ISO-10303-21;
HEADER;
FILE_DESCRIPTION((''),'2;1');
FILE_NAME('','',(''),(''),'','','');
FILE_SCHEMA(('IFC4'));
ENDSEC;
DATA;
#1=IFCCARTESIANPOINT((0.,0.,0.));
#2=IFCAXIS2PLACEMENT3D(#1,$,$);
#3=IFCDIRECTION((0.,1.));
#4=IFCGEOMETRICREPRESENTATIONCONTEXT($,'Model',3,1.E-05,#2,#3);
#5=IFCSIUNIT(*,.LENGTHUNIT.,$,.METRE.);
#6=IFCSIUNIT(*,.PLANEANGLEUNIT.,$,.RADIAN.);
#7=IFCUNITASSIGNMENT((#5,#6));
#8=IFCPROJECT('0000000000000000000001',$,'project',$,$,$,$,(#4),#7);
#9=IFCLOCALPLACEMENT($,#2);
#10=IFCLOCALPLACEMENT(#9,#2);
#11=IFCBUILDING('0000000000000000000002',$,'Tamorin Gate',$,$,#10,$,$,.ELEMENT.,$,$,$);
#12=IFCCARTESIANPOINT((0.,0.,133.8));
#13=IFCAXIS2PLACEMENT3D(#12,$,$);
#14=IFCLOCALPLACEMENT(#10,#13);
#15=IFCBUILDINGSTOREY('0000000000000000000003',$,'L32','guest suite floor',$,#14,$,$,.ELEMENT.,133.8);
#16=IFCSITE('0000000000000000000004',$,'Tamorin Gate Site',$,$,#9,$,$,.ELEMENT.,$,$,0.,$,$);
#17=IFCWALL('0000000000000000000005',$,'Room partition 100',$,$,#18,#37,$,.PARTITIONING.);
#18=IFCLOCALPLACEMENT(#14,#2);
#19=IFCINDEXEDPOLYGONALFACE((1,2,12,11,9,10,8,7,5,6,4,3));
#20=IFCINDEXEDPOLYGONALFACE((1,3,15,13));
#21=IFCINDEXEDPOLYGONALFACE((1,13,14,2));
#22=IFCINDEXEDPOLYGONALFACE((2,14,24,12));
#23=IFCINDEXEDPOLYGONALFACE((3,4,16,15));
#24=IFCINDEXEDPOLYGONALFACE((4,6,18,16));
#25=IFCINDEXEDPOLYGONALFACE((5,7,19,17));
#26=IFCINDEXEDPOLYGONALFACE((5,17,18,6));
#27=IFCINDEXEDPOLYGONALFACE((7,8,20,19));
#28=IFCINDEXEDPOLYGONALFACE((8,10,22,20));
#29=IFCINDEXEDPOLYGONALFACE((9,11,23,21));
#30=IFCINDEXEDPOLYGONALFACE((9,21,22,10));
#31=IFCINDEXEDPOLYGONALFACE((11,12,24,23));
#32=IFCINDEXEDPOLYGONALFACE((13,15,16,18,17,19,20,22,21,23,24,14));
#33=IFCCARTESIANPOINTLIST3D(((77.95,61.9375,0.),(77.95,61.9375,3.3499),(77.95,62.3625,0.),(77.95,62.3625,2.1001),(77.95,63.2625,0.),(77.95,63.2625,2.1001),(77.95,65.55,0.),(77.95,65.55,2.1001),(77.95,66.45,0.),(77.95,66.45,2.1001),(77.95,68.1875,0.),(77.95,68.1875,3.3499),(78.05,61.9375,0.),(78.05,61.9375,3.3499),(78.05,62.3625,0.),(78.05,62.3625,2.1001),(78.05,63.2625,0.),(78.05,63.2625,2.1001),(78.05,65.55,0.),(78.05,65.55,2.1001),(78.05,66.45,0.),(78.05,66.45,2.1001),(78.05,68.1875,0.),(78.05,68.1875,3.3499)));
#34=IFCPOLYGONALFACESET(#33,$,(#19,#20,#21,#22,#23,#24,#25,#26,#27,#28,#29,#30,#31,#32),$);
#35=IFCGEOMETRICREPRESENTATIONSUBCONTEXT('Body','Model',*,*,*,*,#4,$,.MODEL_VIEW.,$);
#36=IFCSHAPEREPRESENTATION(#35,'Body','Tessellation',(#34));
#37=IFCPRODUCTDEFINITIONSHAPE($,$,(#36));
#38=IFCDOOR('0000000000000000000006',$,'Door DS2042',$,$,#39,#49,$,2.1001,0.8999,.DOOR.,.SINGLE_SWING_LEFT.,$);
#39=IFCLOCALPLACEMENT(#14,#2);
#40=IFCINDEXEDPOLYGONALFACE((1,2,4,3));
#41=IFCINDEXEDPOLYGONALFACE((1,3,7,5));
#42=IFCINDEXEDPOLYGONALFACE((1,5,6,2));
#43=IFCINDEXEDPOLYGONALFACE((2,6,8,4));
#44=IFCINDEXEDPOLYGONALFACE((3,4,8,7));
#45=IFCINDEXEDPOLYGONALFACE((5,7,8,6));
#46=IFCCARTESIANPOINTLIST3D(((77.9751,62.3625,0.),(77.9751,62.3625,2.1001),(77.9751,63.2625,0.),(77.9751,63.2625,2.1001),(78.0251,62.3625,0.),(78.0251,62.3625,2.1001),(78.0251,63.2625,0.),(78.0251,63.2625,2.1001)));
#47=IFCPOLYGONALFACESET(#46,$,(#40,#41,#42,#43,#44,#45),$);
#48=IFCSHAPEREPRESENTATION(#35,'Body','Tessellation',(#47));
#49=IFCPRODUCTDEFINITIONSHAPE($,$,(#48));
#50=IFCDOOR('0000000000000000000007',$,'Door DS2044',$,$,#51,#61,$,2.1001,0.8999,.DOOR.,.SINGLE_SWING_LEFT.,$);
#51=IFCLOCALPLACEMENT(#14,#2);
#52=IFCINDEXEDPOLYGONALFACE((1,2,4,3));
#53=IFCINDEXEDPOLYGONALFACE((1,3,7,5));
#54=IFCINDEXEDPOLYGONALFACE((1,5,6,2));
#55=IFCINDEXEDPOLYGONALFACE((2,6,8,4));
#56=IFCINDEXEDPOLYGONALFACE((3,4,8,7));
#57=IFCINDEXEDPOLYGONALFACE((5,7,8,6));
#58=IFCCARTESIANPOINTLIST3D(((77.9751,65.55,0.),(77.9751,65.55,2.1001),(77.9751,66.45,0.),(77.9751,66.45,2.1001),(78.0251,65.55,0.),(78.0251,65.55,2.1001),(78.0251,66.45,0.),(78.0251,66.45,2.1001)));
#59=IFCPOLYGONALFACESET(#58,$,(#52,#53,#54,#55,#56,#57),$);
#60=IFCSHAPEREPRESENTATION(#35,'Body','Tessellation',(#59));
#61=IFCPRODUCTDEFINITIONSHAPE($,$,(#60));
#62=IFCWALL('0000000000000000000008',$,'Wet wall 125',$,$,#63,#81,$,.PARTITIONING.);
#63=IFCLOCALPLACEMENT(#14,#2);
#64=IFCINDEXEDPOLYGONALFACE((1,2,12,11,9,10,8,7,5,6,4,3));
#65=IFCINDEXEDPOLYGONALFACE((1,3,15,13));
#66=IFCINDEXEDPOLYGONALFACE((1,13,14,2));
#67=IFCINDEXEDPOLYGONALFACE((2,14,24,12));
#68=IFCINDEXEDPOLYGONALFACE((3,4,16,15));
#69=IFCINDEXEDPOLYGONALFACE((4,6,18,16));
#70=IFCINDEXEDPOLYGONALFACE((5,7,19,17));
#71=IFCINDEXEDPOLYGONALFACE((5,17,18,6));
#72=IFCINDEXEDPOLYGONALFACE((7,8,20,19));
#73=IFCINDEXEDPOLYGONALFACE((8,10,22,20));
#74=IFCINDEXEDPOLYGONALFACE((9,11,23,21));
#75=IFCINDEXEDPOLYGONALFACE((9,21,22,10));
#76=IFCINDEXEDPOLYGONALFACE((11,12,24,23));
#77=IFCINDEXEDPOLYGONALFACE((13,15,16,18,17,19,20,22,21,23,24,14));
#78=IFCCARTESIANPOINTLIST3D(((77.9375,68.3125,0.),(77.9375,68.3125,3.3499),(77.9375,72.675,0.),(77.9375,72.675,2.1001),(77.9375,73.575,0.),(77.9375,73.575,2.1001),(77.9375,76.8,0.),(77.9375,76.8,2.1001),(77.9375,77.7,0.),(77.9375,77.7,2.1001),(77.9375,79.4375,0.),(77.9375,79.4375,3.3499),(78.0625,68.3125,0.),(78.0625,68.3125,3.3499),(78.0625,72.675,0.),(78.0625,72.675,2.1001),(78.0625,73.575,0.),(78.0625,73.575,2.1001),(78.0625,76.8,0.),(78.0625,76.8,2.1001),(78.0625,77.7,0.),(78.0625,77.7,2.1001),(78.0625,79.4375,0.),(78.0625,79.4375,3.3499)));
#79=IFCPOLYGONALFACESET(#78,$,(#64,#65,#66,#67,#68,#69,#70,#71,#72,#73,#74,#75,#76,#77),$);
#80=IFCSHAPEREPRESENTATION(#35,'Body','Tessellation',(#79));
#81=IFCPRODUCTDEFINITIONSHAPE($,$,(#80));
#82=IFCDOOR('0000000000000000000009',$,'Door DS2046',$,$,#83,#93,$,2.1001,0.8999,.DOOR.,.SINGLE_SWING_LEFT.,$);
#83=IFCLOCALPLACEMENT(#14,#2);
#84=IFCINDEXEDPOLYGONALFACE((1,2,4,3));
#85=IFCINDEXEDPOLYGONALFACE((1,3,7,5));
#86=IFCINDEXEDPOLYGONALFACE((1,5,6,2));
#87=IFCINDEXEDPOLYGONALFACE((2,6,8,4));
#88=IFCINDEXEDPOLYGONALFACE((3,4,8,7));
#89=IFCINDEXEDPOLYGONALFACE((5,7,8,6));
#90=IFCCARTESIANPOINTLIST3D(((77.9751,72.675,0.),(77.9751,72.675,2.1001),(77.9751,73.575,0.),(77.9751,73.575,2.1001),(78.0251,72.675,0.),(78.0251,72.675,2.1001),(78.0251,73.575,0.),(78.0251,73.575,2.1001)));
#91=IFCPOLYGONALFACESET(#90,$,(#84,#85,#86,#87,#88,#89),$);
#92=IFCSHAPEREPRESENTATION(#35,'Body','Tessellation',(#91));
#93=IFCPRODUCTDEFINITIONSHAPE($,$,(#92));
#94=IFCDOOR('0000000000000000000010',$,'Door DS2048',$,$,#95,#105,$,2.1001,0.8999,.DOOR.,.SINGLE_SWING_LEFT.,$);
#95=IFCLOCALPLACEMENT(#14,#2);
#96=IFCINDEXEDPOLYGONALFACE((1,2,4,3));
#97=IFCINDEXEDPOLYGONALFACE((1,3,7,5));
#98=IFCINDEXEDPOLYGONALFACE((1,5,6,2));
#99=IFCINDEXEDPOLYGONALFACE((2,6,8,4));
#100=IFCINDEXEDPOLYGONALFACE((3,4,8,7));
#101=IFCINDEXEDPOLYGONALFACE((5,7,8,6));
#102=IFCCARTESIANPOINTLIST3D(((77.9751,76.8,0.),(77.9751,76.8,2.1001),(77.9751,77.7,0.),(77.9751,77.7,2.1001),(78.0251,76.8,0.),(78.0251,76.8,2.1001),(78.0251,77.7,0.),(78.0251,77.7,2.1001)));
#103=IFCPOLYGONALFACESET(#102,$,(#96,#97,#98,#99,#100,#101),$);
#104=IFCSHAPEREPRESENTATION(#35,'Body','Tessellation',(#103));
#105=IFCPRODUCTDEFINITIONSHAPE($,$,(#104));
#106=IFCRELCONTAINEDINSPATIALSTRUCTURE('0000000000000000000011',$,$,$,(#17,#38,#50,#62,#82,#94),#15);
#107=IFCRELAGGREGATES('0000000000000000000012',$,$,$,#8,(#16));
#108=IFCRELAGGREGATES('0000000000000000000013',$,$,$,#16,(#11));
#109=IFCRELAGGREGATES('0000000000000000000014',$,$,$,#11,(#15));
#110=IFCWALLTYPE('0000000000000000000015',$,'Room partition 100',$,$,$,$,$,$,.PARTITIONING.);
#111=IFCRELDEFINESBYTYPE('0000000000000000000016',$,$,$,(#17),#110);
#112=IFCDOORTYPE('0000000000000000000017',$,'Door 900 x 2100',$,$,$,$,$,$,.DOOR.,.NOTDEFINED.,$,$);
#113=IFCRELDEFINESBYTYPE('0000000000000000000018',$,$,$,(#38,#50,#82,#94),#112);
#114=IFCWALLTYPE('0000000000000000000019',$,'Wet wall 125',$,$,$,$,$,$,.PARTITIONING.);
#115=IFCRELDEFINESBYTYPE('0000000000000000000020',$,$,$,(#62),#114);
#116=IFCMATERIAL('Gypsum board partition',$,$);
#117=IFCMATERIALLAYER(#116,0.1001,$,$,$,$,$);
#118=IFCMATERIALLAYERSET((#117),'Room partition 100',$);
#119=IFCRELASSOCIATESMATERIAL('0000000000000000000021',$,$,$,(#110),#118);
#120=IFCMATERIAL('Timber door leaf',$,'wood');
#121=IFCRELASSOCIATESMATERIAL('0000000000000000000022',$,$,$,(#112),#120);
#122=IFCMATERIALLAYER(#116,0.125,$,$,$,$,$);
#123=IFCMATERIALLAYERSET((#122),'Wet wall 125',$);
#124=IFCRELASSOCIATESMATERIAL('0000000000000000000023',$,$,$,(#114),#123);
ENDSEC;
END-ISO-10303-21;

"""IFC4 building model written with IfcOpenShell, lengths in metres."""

from ifc_helpers import new_model, si_unit, direction, frame, frame_2d, origin, place, context, subcontext, project, spatial, rectangle, extrude, material, layer, layer_set, type_object, element, fill, save


model = new_model("IFC4")

# Units and contexts
model_context = context("Model", 3, precision=1e-05, world=origin(), true_north=direction((0.0, 1.0)))
body_context = subcontext(model_context, "Body", "Model", "MODEL_VIEW")
ifc_project = project(units=[si_unit("LENGTHUNIT", "METRE"), si_unit("PLANEANGLEUNIT", "RADIAN")], contexts=[model_context])

# Site, building, storey
site_placement = place(None, origin())
site = spatial("IfcSite", under=ifc_project, at=site_placement, Name="Tamorin Gate Site", CompositionType="ELEMENT", RefElevation=0.0)
building_placement = place(site_placement, origin())
building = spatial("IfcBuilding", under=site, at=building_placement, Name="Tamorin Gate", CompositionType="ELEMENT")
storey_placement = place(building_placement, frame((0.0, 0.0, 133.8)))
storey = spatial("IfcBuildingStorey", under=building, at=storey_placement, Name="L32", Description="guest suite floor", CompositionType="ELEMENT", Elevation=133.8)

# Shared definitions
ifc_material_1 = material(Name="Gypsum board partition")

# Shared definitions
ifc_layer_1 = layer(ifc_material_1, 0.1001)
ifc_layer_set_1 = layer_set([ifc_layer_1], Name="Room partition 100")
wall_type_1 = type_object("IfcWallType", Name="Room partition 100", PredefinedType="PARTITIONING", material=ifc_layer_set_1)
ifc_material_2 = material(Name="Timber door leaf", Category="wood")
door_type = type_object("IfcDoorType", Name="Door 900 x 2100", OperationType="NOTDEFINED", PredefinedType="DOOR", material=ifc_material_2)

# Walls, openings, doors
wall_1_placement = place(storey_placement, frame((78.0, 61.9375, 0.0), z_axis=(0.0, 0.0, 1.0), x_axis=(0.0, 1.0, 0.0)))
wall_1 = element("IfcWall", 1, at=wall_1_placement, inside=storey, type_object=wall_type_1, Name="Room partition 100", PredefinedType="PARTITIONING", context=body_context, shape_type="SweptSolid", body=[
    extrude(rectangle(XDim=6.25, YDim=0.1001, at=frame_2d((3.125, 0.0))), origin(), (0.0, 0.0, 1.0), 3.3499),
])
opening_1_placement = place(wall_1_placement, frame((0.425, 0.0, 0.0)))
opening_1 = element("IfcOpeningElement", 2, at=opening_1_placement, cuts=wall_1, PredefinedType="OPENING", context=body_context, shape_type="SweptSolid", body=[
    extrude(rectangle(XDim=0.8999, YDim=2.1001, at=frame_2d((0.45, 1.05))), frame((0.0, 0.0601, 0.0), z_axis=(0.0, -1.0, 0.0), x_axis=(1.0, 0.0, 0.0)), (0.0, 0.0, 1.0), 0.1201),
])
opening_2_placement = place(wall_1_placement, frame((3.6125, 0.0, 0.0)))
opening_2 = element("IfcOpeningElement", 3, at=opening_2_placement, cuts=wall_1, PredefinedType="OPENING", context=body_context, shape_type="SweptSolid", body=[
    extrude(rectangle(XDim=0.8999, YDim=2.1001, at=frame_2d((0.45, 1.05))), frame((0.0, 0.0601, 0.0), z_axis=(0.0, -1.0, 0.0), x_axis=(1.0, 0.0, 0.0)), (0.0, 0.0, 1.0), 0.1201),
])
door_1_placement = place(opening_1_placement, origin())
door_1 = element("IfcDoor", 4, at=door_1_placement, inside=storey, type_object=door_type, Name="Door DS2042", OperationType="SINGLE_SWING_LEFT", OverallHeight=2.1001, OverallWidth=0.8999, PredefinedType="DOOR", context=body_context, shape_type="SweptSolid", body=[
    extrude(rectangle(XDim=0.8999, YDim=2.1001, at=frame_2d((0.45, 1.05))), frame((0.0, 0.0249, 0.0), z_axis=(0.0, -1.0, 0.0), x_axis=(1.0, 0.0, 0.0)), (0.0, 0.0, 1.0), 0.05),
])
fill(opening_1, door_1)
door_2_placement = place(opening_2_placement, origin())
door_2 = element("IfcDoor", 5, at=door_2_placement, inside=storey, type_object=door_type, Name="Door DS2044", OperationType="SINGLE_SWING_LEFT", OverallHeight=2.1001, OverallWidth=0.8999, PredefinedType="DOOR", context=body_context, shape_type="SweptSolid", body=[
    extrude(rectangle(XDim=0.8999, YDim=2.1001, at=frame_2d((0.45, 1.05))), frame((0.0, 0.0249, 0.0), z_axis=(0.0, -1.0, 0.0), x_axis=(1.0, 0.0, 0.0)), (0.0, 0.0, 1.0), 0.05),
])
fill(opening_2, door_2)
ifc_layer_2 = layer(ifc_material_1, 0.125)
ifc_layer_set_2 = layer_set([ifc_layer_2], Name="Wet wall 125")
wall_type_2 = type_object("IfcWallType", Name="Wet wall 125", PredefinedType="PARTITIONING", material=ifc_layer_set_2)
wall_2_placement = place(storey_placement, frame((78.0, 68.3125, 0.0), z_axis=(0.0, 0.0, 1.0), x_axis=(0.0, 1.0, 0.0)))
wall_2 = element("IfcWall", 6, at=wall_2_placement, inside=storey, type_object=wall_type_2, Name="Wet wall 125", PredefinedType="PARTITIONING", context=body_context, shape_type="SweptSolid", body=[
    extrude(rectangle(XDim=11.125, YDim=0.125, at=frame_2d((5.5625, 0.0))), origin(), (0.0, 0.0, 1.0), 3.3499),
])
opening_3_placement = place(wall_2_placement, frame((4.3625, 0.0, 0.0)))
opening_3 = element("IfcOpeningElement", 7, at=opening_3_placement, cuts=wall_2, PredefinedType="OPENING", context=body_context, shape_type="SweptSolid", body=[
    extrude(rectangle(XDim=0.8999, YDim=2.1001, at=frame_2d((0.45, 1.05))), frame((0.0, 0.0725, 0.0), z_axis=(0.0, -1.0, 0.0), x_axis=(1.0, 0.0, 0.0)), (0.0, 0.0, 1.0), 0.145),
])
opening_4_placement = place(wall_2_placement, frame((8.4875, 0.0, 0.0)))
opening_4 = element("IfcOpeningElement", 8, at=opening_4_placement, cuts=wall_2, PredefinedType="OPENING", context=body_context, shape_type="SweptSolid", body=[
    extrude(rectangle(XDim=0.8999, YDim=2.1001, at=frame_2d((0.45, 1.05))), frame((0.0, 0.0725, 0.0), z_axis=(0.0, -1.0, 0.0), x_axis=(1.0, 0.0, 0.0)), (0.0, 0.0, 1.0), 0.145),
])
door_3_placement = place(opening_3_placement, origin())
door_3 = element("IfcDoor", 9, at=door_3_placement, inside=storey, type_object=door_type, Name="Door DS2046", OperationType="SINGLE_SWING_LEFT", OverallHeight=2.1001, OverallWidth=0.8999, PredefinedType="DOOR", context=body_context, shape_type="SweptSolid", body=[
    extrude(rectangle(XDim=0.8999, YDim=2.1001, at=frame_2d((0.45, 1.05))), frame((0.0, 0.0249, 0.0), z_axis=(0.0, -1.0, 0.0), x_axis=(1.0, 0.0, 0.0)), (0.0, 0.0, 1.0), 0.05),
])
fill(opening_3, door_3)
door_4_placement = place(opening_4_placement, origin())
door_4 = element("IfcDoor", 10, at=door_4_placement, inside=storey, type_object=door_type, Name="Door DS2048", OperationType="SINGLE_SWING_LEFT", OverallHeight=2.1001, OverallWidth=0.8999, PredefinedType="DOOR", context=body_context, shape_type="SweptSolid", body=[
    extrude(rectangle(XDim=0.8999, YDim=2.1001, at=frame_2d((0.45, 1.05))), frame((0.0, 0.0249, 0.0), z_axis=(0.0, -1.0, 0.0), x_axis=(1.0, 0.0, 0.0)), (0.0, 0.0, 1.0), 0.05),
])
fill(opening_4, door_4)

save(model, "model.ifc")
